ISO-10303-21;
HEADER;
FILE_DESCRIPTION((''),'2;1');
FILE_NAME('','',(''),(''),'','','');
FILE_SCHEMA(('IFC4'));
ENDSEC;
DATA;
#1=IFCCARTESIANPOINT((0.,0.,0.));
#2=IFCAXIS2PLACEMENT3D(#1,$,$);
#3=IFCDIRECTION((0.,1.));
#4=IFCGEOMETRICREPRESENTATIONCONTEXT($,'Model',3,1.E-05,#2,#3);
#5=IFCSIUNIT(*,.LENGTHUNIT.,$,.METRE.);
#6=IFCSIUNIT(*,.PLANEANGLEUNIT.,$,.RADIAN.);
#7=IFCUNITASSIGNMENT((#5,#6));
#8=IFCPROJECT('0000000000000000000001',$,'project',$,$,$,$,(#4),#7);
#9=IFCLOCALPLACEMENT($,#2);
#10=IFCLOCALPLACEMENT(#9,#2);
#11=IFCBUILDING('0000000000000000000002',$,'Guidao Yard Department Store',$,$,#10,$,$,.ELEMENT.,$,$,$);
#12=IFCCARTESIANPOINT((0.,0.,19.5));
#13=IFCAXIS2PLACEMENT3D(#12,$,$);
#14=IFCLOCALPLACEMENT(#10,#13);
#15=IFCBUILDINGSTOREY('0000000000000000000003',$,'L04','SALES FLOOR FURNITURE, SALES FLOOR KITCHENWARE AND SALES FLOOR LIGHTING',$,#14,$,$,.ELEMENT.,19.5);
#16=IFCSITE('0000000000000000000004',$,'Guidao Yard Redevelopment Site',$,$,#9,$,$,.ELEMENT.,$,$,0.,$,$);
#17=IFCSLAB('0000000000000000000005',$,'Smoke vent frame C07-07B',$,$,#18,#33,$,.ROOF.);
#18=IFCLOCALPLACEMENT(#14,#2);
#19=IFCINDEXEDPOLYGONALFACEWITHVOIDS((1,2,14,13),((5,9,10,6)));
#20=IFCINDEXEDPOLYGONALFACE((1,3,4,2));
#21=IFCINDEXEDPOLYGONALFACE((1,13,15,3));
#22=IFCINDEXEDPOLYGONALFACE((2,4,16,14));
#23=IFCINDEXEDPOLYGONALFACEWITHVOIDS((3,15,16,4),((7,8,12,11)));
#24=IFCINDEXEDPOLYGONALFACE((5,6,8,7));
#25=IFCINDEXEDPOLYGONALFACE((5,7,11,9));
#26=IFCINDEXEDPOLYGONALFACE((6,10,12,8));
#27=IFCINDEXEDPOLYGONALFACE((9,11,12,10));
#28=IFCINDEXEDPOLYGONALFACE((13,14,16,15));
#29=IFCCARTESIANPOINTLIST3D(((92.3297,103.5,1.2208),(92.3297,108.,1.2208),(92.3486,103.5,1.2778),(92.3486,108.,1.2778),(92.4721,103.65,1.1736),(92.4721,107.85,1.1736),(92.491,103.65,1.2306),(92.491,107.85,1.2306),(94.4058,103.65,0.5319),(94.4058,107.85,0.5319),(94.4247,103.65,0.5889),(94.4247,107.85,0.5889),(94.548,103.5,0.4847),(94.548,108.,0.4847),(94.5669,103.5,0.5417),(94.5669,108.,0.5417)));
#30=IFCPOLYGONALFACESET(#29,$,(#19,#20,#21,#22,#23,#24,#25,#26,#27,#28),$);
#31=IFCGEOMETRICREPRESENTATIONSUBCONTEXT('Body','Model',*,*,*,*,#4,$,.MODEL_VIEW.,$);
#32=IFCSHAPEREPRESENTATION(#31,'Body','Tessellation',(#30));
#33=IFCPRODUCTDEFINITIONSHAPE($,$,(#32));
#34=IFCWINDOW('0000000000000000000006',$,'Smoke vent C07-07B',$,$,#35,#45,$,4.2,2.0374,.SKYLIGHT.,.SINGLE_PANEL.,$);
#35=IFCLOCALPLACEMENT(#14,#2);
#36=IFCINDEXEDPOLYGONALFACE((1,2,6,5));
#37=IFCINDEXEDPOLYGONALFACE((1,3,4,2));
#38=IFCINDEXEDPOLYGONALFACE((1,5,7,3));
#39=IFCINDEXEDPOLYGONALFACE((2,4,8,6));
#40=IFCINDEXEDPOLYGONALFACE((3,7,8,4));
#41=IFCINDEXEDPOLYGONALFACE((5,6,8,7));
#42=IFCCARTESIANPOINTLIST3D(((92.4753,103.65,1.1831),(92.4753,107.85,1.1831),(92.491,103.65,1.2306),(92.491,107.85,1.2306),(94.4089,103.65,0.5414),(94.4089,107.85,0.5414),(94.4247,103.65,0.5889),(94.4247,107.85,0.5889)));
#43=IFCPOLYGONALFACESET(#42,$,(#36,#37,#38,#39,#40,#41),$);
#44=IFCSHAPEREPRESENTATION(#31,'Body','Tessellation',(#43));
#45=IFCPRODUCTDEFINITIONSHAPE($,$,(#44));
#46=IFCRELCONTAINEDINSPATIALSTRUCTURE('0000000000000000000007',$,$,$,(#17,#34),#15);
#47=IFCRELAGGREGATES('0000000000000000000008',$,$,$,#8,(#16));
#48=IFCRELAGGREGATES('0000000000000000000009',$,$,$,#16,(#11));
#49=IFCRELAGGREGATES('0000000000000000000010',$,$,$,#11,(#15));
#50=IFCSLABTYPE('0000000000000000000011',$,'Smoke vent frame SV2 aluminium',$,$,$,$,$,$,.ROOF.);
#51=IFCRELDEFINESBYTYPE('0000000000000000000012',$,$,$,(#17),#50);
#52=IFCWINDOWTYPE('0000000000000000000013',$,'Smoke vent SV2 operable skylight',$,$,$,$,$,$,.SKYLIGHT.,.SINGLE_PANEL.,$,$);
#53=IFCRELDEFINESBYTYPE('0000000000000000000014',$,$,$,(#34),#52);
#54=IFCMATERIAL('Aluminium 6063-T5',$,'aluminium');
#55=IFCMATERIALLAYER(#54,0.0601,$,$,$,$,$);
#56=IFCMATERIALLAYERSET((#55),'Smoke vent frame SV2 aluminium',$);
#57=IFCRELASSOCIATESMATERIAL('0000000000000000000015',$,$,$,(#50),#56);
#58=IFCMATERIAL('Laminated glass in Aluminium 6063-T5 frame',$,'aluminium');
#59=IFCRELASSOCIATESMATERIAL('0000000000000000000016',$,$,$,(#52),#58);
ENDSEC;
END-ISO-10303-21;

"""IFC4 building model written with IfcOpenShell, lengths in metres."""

from ifc_helpers import new_model, si_unit, direction, frame, origin, origin_2d, place, context, subcontext, project, spatial, polyline, rectangle, outline, extrude, material, layer, layer_set, type_object, element, fill, save


model = new_model("IFC4")

# Units and contexts
model_context = context("Model", 3, precision=1e-05, world=origin(), true_north=direction((0.0, 1.0)))
body_context = subcontext(model_context, "Body", "Model", "MODEL_VIEW")
ifc_project = project(units=[si_unit("LENGTHUNIT", "METRE"), si_unit("PLANEANGLEUNIT", "RADIAN")], contexts=[model_context])

# Site, building, storey
site_placement = place(None, origin())
site = spatial("IfcSite", under=ifc_project, at=site_placement, Name="Guidao Yard Redevelopment Site", CompositionType="ELEMENT", RefElevation=0.0)
building_placement = place(site_placement, origin())
building = spatial("IfcBuilding", under=site, at=building_placement, Name="Guidao Yard Department Store", CompositionType="ELEMENT")
storey_placement = place(building_placement, frame((0.0, 0.0, 19.5)))
storey = spatial("IfcBuildingStorey", under=building, at=storey_placement, Name="L04", Description="SALES FLOOR FURNITURE, SALES FLOOR KITCHENWARE AND SALES FLOOR LIGHTING", CompositionType="ELEMENT", Elevation=19.5)

# Slab, opening, window
ifc_material_1 = material(Name="Aluminium 6063-T5", Category="aluminium")
ifc_layer = layer(ifc_material_1, 0.0601)
ifc_layer_set = layer_set([ifc_layer], Name="Smoke vent frame SV2 aluminium")
slab_type = type_object("IfcSlabType", Name="Smoke vent frame SV2 aluminium", PredefinedType="ROOF", material=ifc_layer_set)
ifc_material_2 = material(Name="Laminated glass in Aluminium 6063-T5 frame", Category="aluminium")
window_type = type_object("IfcWindowType", Name="Smoke vent SV2 operable skylight", PartitioningType="SINGLE_PANEL", PredefinedType="SKYLIGHT", material=ifc_material_2)
slab_1_placement = place(storey_placement, frame((92.3486, 103.5, 1.2778), z_axis=(0.314943, 0.0, 0.949111), x_axis=(0.949111, 0.0, -0.314943)))
slab_1 = element("IfcSlab", 1, at=slab_1_placement, inside=storey, type_object=slab_type, Name="Smoke vent frame C07-07B", PredefinedType="ROOF", context=body_context, shape_type="SweptSolid", body=[
    extrude(outline(polyline([(0.0, 0.0), (2.3372, 0.0), (2.3372, 4.5), (0.0, 4.5), (0.0, 0.0)])), origin(), (0.0, 0.0, -1.0), 0.0601),
])
opening_1_placement = place(slab_1_placement, frame((1.1687, 2.25, 0.0)))
opening_1 = element("IfcOpeningElement", 2, at=opening_1_placement, cuts=slab_1, PredefinedType="OPENING", context=body_context, shape_type="SweptSolid", body=[
    extrude(rectangle(XDim=2.0374, YDim=4.2, at=origin_2d()), frame((0.0, 0.0, 0.01)), (0.0, 0.0, -1.0), 0.0801),
])
window_1_placement = place(opening_1_placement, frame((0.0, 0.0, -0.05)))
window_1 = element("IfcWindow", 3, at=window_1_placement, inside=storey, type_object=window_type, Name="Smoke vent C07-07B", OverallHeight=4.2, OverallWidth=2.0374, PartitioningType="SINGLE_PANEL", PredefinedType="SKYLIGHT", context=body_context, shape_type="SweptSolid", body=[
    extrude(rectangle(XDim=2.0374, YDim=4.2, at=origin_2d()), origin(), (0.0, 0.0, 1.0), 0.05),
])
fill(opening_1, window_1)

save(model, "model.ifc")
